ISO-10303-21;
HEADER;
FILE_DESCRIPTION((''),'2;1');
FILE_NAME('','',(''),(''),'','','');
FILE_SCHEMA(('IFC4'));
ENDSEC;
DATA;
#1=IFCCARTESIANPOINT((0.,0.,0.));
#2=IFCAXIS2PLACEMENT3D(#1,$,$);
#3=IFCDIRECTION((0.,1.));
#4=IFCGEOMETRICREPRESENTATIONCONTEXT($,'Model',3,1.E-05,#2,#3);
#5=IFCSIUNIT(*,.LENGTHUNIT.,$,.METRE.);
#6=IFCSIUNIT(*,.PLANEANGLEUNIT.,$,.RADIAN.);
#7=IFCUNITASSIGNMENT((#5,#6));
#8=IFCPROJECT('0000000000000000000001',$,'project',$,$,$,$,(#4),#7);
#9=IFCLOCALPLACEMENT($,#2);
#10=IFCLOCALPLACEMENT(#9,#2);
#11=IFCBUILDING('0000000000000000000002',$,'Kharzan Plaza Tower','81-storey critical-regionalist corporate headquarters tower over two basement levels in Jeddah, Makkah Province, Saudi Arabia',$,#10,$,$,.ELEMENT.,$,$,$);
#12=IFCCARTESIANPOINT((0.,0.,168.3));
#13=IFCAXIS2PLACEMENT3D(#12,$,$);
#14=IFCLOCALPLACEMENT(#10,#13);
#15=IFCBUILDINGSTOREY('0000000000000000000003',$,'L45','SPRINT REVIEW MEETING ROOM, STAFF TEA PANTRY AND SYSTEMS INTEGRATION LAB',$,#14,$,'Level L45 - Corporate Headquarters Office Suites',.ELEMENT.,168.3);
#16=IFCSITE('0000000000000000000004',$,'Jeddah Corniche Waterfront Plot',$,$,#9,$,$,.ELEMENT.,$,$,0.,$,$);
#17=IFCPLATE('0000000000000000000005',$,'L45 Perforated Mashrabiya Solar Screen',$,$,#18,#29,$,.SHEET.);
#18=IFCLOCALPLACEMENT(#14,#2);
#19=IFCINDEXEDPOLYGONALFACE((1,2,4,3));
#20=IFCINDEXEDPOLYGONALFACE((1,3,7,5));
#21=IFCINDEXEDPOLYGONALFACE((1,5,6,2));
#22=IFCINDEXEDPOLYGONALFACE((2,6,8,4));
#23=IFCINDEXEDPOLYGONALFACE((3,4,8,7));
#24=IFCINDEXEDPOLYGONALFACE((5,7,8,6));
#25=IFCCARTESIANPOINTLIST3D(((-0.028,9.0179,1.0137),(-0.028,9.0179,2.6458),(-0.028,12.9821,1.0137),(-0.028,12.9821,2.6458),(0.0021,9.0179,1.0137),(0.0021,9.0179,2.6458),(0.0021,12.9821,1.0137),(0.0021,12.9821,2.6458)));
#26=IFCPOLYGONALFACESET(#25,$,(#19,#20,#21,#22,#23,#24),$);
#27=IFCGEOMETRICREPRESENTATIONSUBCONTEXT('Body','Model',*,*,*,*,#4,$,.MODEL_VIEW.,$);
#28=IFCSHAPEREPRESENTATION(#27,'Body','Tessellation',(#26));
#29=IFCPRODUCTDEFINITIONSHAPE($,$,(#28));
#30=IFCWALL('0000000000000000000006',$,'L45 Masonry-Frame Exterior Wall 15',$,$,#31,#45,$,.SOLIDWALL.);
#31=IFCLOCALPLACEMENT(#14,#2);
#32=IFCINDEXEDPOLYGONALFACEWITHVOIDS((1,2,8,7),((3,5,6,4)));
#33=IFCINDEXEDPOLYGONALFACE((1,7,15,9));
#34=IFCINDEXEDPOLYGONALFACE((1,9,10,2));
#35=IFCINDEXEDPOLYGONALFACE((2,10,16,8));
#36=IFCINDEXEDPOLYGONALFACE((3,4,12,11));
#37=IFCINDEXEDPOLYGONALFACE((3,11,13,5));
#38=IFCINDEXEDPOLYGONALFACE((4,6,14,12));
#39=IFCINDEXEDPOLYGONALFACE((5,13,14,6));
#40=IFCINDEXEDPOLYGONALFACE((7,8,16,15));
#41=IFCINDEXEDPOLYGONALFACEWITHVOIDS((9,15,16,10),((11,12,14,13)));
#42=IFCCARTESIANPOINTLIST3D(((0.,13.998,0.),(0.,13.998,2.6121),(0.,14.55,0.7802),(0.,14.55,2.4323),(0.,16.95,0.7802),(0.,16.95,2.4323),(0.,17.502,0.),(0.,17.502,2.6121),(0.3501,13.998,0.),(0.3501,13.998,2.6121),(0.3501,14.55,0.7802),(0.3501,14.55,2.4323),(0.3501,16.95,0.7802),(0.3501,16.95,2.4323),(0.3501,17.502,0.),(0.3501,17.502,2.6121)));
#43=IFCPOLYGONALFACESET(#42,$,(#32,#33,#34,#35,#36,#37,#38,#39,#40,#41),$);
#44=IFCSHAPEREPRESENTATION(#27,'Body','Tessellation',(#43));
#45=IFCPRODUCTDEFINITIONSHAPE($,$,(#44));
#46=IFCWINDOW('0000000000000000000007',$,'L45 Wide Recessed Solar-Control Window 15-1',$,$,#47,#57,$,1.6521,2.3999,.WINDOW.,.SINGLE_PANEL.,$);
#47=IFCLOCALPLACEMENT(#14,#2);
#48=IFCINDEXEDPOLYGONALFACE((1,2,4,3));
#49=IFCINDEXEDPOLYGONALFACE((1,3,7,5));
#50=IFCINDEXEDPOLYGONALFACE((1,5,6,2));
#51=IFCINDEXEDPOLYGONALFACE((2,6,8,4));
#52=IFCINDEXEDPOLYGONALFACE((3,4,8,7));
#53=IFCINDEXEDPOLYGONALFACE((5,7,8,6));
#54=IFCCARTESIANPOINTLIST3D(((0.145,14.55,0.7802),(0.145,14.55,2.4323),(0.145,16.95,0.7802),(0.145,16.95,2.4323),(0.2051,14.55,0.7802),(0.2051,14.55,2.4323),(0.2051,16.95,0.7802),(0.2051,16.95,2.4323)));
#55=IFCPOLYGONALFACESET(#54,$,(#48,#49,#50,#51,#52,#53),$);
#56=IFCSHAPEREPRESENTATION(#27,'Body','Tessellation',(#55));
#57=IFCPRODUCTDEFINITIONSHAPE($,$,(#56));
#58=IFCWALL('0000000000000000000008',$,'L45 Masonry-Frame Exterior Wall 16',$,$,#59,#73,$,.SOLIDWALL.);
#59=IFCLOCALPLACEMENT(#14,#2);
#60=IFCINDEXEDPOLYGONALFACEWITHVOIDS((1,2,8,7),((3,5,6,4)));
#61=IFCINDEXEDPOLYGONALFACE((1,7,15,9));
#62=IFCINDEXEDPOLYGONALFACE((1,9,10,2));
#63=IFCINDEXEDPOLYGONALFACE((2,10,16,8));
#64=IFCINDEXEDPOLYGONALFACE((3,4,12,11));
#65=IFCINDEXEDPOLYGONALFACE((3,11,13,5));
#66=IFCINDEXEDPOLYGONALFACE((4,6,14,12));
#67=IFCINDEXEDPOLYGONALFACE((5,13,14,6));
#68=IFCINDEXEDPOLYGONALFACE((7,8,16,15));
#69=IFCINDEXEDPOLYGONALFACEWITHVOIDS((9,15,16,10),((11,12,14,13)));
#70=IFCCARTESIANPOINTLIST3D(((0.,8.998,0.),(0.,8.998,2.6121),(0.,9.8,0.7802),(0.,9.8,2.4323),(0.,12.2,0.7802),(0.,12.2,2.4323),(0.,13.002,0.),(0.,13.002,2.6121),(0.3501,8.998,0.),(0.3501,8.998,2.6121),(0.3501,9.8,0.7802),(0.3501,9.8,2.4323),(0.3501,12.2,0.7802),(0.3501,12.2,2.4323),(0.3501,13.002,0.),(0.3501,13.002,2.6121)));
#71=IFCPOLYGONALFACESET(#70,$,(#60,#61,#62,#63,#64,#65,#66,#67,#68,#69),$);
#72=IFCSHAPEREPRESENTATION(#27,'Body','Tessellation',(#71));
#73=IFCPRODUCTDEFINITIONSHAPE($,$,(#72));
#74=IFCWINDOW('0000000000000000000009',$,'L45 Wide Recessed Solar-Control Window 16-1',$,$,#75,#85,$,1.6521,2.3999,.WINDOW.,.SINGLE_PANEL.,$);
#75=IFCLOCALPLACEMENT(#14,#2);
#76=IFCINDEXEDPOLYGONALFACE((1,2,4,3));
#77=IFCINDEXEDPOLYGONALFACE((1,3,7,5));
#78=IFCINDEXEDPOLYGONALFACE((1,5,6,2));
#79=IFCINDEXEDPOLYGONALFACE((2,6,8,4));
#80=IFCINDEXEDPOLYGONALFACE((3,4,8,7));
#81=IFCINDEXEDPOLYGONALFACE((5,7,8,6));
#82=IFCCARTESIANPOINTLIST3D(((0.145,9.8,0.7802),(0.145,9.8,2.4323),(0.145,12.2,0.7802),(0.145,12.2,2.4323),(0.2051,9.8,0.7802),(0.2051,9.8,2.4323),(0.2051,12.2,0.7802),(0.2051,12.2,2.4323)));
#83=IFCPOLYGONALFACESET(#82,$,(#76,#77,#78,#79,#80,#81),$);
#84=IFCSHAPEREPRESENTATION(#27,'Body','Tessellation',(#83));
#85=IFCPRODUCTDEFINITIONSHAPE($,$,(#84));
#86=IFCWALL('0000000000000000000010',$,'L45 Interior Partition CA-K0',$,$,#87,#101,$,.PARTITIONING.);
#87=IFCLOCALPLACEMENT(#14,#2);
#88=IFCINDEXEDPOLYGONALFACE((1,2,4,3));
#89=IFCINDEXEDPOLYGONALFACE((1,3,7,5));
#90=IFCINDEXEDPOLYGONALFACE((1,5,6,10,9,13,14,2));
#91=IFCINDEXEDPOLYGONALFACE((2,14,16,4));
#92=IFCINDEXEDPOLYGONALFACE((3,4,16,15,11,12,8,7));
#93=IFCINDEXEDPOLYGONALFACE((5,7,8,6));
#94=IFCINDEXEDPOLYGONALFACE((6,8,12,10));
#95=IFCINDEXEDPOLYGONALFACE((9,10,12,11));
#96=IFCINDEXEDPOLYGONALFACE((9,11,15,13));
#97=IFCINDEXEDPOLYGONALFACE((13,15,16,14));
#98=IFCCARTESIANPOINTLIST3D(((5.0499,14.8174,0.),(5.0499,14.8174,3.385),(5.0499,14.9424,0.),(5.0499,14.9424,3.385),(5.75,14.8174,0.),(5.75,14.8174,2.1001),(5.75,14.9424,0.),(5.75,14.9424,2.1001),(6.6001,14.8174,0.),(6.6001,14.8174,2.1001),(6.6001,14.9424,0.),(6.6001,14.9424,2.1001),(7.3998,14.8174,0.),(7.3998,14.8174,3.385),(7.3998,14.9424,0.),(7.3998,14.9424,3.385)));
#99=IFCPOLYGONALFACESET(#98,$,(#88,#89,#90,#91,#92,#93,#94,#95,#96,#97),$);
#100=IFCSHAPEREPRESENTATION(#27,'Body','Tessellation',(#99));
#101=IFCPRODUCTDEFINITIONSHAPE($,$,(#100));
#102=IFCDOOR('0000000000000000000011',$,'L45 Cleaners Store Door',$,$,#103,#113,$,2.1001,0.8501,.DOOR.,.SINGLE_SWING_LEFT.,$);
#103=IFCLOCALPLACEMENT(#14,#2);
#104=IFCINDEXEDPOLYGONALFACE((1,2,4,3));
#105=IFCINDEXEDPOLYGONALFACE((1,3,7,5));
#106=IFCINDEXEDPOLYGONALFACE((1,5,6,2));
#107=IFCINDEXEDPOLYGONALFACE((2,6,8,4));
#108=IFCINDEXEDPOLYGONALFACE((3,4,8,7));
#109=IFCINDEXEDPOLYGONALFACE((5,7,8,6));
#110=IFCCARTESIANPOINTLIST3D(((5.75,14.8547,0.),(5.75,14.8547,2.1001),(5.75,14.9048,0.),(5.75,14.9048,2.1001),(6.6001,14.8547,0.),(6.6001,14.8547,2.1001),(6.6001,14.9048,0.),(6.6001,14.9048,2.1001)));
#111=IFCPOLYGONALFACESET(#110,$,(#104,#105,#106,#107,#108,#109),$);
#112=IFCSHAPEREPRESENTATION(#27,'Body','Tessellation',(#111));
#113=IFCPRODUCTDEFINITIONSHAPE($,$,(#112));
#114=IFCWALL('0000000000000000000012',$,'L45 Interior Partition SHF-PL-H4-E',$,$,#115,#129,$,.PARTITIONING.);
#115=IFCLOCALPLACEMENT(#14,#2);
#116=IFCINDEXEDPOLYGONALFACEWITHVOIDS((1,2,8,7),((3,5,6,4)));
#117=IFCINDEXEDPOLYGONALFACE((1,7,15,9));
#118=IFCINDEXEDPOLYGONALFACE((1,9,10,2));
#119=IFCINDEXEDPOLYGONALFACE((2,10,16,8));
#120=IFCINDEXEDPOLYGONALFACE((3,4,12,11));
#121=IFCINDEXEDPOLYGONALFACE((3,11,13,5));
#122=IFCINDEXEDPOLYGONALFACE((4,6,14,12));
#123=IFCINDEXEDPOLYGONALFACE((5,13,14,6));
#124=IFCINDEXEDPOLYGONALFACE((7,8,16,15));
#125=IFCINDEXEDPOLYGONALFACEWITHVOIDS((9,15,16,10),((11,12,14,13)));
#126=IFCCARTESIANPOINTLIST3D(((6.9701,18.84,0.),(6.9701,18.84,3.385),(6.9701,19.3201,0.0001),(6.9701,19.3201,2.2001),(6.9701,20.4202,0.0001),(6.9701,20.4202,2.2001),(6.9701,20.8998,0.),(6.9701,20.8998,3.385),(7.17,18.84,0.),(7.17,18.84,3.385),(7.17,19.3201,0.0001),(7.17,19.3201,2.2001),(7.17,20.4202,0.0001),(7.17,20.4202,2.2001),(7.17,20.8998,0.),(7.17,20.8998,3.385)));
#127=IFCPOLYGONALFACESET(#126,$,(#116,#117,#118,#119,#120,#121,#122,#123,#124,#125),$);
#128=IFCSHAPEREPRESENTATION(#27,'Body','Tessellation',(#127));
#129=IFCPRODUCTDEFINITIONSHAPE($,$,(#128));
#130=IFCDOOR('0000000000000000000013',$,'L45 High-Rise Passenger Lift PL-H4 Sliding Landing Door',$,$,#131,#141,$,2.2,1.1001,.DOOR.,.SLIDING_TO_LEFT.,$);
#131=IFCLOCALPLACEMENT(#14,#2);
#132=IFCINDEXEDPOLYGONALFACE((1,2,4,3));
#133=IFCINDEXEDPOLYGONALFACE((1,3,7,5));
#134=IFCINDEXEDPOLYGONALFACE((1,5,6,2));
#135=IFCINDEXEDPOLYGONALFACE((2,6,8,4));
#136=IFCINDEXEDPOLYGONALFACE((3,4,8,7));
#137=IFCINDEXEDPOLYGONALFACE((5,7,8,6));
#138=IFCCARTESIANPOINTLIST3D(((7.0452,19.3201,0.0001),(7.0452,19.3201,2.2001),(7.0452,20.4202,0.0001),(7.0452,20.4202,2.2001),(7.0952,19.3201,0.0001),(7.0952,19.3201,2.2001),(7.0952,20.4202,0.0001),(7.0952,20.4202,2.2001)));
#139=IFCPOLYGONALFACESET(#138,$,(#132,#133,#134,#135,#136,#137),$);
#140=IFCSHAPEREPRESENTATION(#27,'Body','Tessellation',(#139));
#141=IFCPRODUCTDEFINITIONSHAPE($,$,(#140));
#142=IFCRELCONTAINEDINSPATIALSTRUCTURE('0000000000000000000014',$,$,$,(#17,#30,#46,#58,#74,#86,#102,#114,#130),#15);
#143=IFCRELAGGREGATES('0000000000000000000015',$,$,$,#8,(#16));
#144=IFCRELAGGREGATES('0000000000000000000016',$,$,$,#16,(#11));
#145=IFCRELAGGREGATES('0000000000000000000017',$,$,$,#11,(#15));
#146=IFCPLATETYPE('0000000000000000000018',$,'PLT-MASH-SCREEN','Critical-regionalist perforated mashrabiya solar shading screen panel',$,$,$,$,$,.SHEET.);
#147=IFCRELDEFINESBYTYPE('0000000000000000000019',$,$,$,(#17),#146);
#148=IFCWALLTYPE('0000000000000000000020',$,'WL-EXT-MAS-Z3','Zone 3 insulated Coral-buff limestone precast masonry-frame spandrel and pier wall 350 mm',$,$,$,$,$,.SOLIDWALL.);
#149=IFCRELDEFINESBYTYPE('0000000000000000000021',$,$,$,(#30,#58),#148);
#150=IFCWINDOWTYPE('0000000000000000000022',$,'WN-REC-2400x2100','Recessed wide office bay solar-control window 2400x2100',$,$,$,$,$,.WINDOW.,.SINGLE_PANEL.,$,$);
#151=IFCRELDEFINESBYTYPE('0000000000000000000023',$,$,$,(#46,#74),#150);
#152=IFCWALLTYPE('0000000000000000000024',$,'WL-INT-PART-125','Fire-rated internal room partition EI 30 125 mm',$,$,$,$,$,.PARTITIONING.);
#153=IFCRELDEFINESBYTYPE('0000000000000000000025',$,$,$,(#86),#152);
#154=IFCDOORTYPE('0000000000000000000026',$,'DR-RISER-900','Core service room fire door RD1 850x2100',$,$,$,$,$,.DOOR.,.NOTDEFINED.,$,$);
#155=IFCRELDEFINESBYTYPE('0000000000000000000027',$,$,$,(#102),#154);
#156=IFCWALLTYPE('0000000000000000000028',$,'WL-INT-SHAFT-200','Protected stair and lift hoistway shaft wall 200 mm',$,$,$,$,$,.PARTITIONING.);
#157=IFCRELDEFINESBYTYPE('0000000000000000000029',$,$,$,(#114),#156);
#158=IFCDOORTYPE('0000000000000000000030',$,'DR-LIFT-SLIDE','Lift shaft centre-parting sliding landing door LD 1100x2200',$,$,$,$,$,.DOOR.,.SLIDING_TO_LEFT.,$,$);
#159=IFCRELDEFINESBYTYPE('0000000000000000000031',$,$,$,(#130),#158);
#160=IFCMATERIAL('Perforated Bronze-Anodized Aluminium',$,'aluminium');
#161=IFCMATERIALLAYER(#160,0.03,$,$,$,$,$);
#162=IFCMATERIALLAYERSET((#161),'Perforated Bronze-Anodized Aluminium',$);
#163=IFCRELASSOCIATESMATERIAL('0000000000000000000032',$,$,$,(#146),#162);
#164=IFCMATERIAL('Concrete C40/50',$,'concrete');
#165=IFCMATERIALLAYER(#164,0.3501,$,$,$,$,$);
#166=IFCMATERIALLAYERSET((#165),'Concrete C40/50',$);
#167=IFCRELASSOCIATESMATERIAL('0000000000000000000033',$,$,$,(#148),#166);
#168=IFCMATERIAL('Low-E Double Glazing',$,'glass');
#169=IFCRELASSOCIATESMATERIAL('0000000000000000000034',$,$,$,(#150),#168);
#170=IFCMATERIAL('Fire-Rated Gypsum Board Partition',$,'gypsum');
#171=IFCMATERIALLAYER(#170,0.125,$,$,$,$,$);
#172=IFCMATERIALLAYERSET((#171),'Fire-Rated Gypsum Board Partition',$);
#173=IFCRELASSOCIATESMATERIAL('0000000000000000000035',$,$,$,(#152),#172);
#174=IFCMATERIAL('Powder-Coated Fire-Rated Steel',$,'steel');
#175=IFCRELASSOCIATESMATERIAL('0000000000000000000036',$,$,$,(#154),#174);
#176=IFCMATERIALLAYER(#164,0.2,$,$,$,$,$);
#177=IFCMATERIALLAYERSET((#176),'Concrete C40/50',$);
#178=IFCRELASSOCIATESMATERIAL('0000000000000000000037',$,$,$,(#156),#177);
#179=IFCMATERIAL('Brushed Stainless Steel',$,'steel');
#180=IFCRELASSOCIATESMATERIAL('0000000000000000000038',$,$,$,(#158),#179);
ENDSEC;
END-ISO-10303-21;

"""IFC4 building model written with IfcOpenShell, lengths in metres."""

from ifc_helpers import new_model, si_unit, direction, frame, frame_2d, origin, origin_2d, place, context, subcontext, project, spatial, rectangle, extrude, source, transform, mapped, material, layer, layer_set, type_object, element, fill, save


model = new_model("IFC4")

# Units and contexts
model_context = context("Model", 3, precision=1e-05, world=origin(), true_north=direction((0.0, 1.0)))
body_context = subcontext(model_context, "Body", "Model", "MODEL_VIEW")
ifc_project = project(units=[si_unit("LENGTHUNIT", "METRE"), si_unit("PLANEANGLEUNIT", "RADIAN")], contexts=[model_context])

# Site, building, storey
site_placement = place(None, origin())
site = spatial("IfcSite", under=ifc_project, at=site_placement, Name="Jeddah Corniche Waterfront Plot", CompositionType="ELEMENT", RefElevation=0.0)
building_placement = place(site_placement, origin())
building = spatial("IfcBuilding", under=site, at=building_placement, Name="Kharzan Plaza Tower", Description="81-storey critical-regionalist corporate headquarters tower over two basement levels in Jeddah, Makkah Province, Saudi Arabia", CompositionType="ELEMENT")
storey_placement = place(building_placement, frame((0.0, 0.0, 168.3)))
storey = spatial("IfcBuildingStorey", under=building, at=storey_placement, Name="L45", Description="SPRINT REVIEW MEETING ROOM, STAFF TEA PANTRY AND SYSTEMS INTEGRATION LAB", LongName="Level L45 - Corporate Headquarters Office Suites", CompositionType="ELEMENT", Elevation=168.3)

# Plate
ifc_material_1 = material(Name="Perforated Bronze-Anodized Aluminium", Category="aluminium")
ifc_layer_1 = layer(ifc_material_1, 0.03)
ifc_layer_set_1 = layer_set([ifc_layer_1], Name="Perforated Bronze-Anodized Aluminium")
plate_type = type_object("IfcPlateType", Name="PLT-MASH-SCREEN", Description="Critical-regionalist perforated mashrabiya solar shading screen panel", PredefinedType="SHEET", material=ifc_layer_set_1)
shared_shape_1 = source(origin(), body_context, "Body", "SweptSolid", [
    extrude(rectangle(XDim=3.9641, YDim=0.03, at=origin_2d()), origin(), (0.0, 0.0, 1.0), 1.6321),
])
plate_placement = place(storey_placement, frame((-0.0129, 11.0, 1.0137), z_axis=(0.0, 0.0, 1.0), x_axis=(0.0, -1.0, 0.0)))
element("IfcPlate", 1, at=plate_placement, inside=storey, type_object=plate_type, Name="L45 Perforated Mashrabiya Solar Screen", PredefinedType="SHEET", context=body_context, shape_type="MappedRepresentation", body=[
    mapped(shared_shape_1, transform((0.0, 0.0, 0.0), x_axis=(1.0, 0.0, 0.0), y_axis=(0.0, 1.0, 0.0), z_axis=(0.0, 0.0, 1.0))),
])

# Walls, openings, windows
ifc_material_2 = material(Name="Concrete C40/50", Category="concrete")
ifc_layer_2 = layer(ifc_material_2, 0.3501)
ifc_layer_set_2 = layer_set([ifc_layer_2], Name="Concrete C40/50")
wall_type_1 = type_object("IfcWallType", Name="WL-EXT-MAS-Z3", Description="Zone 3 insulated Coral-buff limestone precast masonry-frame spandrel and pier wall 350 mm", PredefinedType="SOLIDWALL", material=ifc_layer_set_2)
wall_1_placement = place(storey_placement, frame((0.175, 17.502, 0.0), z_axis=(0.0, 0.0, 1.0), x_axis=(0.0, -1.0, 0.0)))
wall_1 = element("IfcWall", 2, at=wall_1_placement, inside=storey, type_object=wall_type_1, Name="L45 Masonry-Frame Exterior Wall 15", PredefinedType="SOLIDWALL", context=body_context, shape_type="SweptSolid", body=[
    extrude(rectangle(XDim=3.5039, YDim=0.3501, at=frame_2d((1.752, 0.0))), origin(), (0.0, 0.0, 1.0), 2.6121),
])
opening_1_placement = place(wall_1_placement, frame((0.552, 0.0, 0.78)))
opening_1 = element("IfcOpeningElement", 3, at=opening_1_placement, cuts=wall_1, PredefinedType="OPENING", context=body_context, shape_type="SweptSolid", body=[
    extrude(rectangle(XDim=2.3999, YDim=1.6521, at=frame_2d((1.2, 0.8262))), frame((0.0, 0.1851, 0.0), z_axis=(0.0, -1.0, 0.0), x_axis=(1.0, 0.0, 0.0)), (0.0, 0.0, 1.0), 0.3701),
])
ifc_material_3 = material(Name="Low-E Double Glazing", Category="glass")
window_type = type_object("IfcWindowType", Name="WN-REC-2400x2100", Description="Recessed wide office bay solar-control window 2400x2100", PartitioningType="SINGLE_PANEL", PredefinedType="WINDOW", material=ifc_material_3)
shared_shape_2 = source(origin(), body_context, "Body", "SweptSolid", [
    extrude(rectangle(XDim=2.3999, YDim=1.6521, at=frame_2d((1.2, 0.8262))), frame((0.0, 0.03, 0.0), z_axis=(0.0, -1.0, 0.0), x_axis=(1.0, 0.0, 0.0)), (0.0, 0.0, 1.0), 0.0601),
])
window_1_placement = place(opening_1_placement, origin())
window_1 = element("IfcWindow", 4, at=window_1_placement, inside=storey, type_object=window_type, Name="L45 Wide Recessed Solar-Control Window 15-1", OverallHeight=1.6521, OverallWidth=2.3999, PartitioningType="SINGLE_PANEL", PredefinedType="WINDOW", context=body_context, shape_type="MappedRepresentation", body=[
    mapped(shared_shape_2, transform((0.0, 0.0, 0.0), x_axis=(1.0, 0.0, 0.0), y_axis=(0.0, 1.0, 0.0), z_axis=(0.0, 0.0, 1.0))),
])
fill(opening_1, window_1)
wall_2_placement = place(storey_placement, frame((0.175, 13.002, 0.0), z_axis=(0.0, 0.0, 1.0), x_axis=(0.0, -1.0, 0.0)))
wall_2 = element("IfcWall", 5, at=wall_2_placement, inside=storey, type_object=wall_type_1, Name="L45 Masonry-Frame Exterior Wall 16", PredefinedType="SOLIDWALL", context=body_context, shape_type="SweptSolid", body=[
    extrude(rectangle(XDim=4.0039, YDim=0.3501, at=frame_2d((2.002, 0.0))), origin(), (0.0, 0.0, 1.0), 2.6121),
])
opening_2_placement = place(wall_2_placement, frame((0.802, 0.0, 0.78)))
opening_2 = element("IfcOpeningElement", 6, at=opening_2_placement, cuts=wall_2, PredefinedType="OPENING", context=body_context, shape_type="SweptSolid", body=[
    extrude(rectangle(XDim=2.3999, YDim=1.6521, at=frame_2d((1.2, 0.8262))), frame((0.0, 0.1851, 0.0), z_axis=(0.0, -1.0, 0.0), x_axis=(1.0, 0.0, 0.0)), (0.0, 0.0, 1.0), 0.3701),
])
window_2_placement = place(opening_2_placement, origin())
window_2 = element("IfcWindow", 7, at=window_2_placement, inside=storey, type_object=window_type, Name="L45 Wide Recessed Solar-Control Window 16-1", OverallHeight=1.6521, OverallWidth=2.3999, PartitioningType="SINGLE_PANEL", PredefinedType="WINDOW", context=body_context, shape_type="MappedRepresentation", body=[
    mapped(shared_shape_2, transform((0.0, 0.0, 0.0), x_axis=(1.0, 0.0, 0.0), y_axis=(0.0, 1.0, 0.0), z_axis=(0.0, 0.0, 1.0))),
])
fill(opening_2, window_2)

# Walls, openings, doors
ifc_material_4 = material(Name="Fire-Rated Gypsum Board Partition", Category="gypsum")
ifc_layer_3 = layer(ifc_material_4, 0.125)
ifc_layer_set_3 = layer_set([ifc_layer_3], Name="Fire-Rated Gypsum Board Partition")
wall_type_2 = type_object("IfcWallType", Name="WL-INT-PART-125", Description="Fire-rated internal room partition EI 30 125 mm", PredefinedType="PARTITIONING", material=ifc_layer_set_3)
wall_3_placement = place(storey_placement, frame((5.05, 14.8799, 0.0), z_axis=(0.0, 0.0, 1.0), x_axis=(1.0, 0.0, 0.0)))
wall_3 = element("IfcWall", 8, at=wall_3_placement, inside=storey, type_object=wall_type_2, Name="L45 Interior Partition CA-K0", PredefinedType="PARTITIONING", context=body_context, shape_type="SweptSolid", body=[
    extrude(rectangle(XDim=2.3499, YDim=0.125, at=frame_2d((1.1748, 0.0))), origin(), (0.0, 0.0, 1.0), 3.385),
])
opening_3_placement = place(wall_3_placement, frame((0.7, 0.0, 0.0)))
opening_3 = element("IfcOpeningElement", 9, at=opening_3_placement, cuts=wall_3, PredefinedType="OPENING", context=body_context, shape_type="SweptSolid", body=[
    extrude(rectangle(XDim=0.8501, YDim=2.1001, at=frame_2d((0.425, 1.05))), frame((0.0, 0.0725, 0.0), z_axis=(0.0, -1.0, 0.0), x_axis=(1.0, 0.0, 0.0)), (0.0, 0.0, 1.0), 0.145),
])
ifc_material_5 = material(Name="Powder-Coated Fire-Rated Steel", Category="steel")
door_type_1 = type_object("IfcDoorType", Name="DR-RISER-900", Description="Core service room fire door RD1 850x2100", OperationType="NOTDEFINED", PredefinedType="DOOR", material=ifc_material_5)
shared_shape_3 = source(origin(), body_context, "Body", "SweptSolid", [
    extrude(rectangle(XDim=0.8501, YDim=2.1001, at=frame_2d((0.425, 1.05))), frame((0.0, 0.0249, 0.0), z_axis=(0.0, -1.0, 0.0), x_axis=(1.0, 0.0, 0.0)), (0.0, 0.0, 1.0), 0.05),
])
door_1_placement = place(opening_3_placement, origin())
door_1 = element("IfcDoor", 10, at=door_1_placement, inside=storey, type_object=door_type_1, Name="L45 Cleaners Store Door", OperationType="SINGLE_SWING_LEFT", OverallHeight=2.1001, OverallWidth=0.8501, PredefinedType="DOOR", context=body_context, shape_type="MappedRepresentation", body=[
    mapped(shared_shape_3, transform((0.0, 0.0, 0.0), x_axis=(1.0, 0.0, 0.0), y_axis=(0.0, 1.0, 0.0), z_axis=(0.0, 0.0, 1.0))),
])
fill(opening_3, door_1)
ifc_layer_4 = layer(ifc_material_2, 0.2)
ifc_layer_set_4 = layer_set([ifc_layer_4], Name="Concrete C40/50")
wall_type_3 = type_object("IfcWallType", Name="WL-INT-SHAFT-200", Description="Protected stair and lift hoistway shaft wall 200 mm", PredefinedType="PARTITIONING", material=ifc_layer_set_4)
wall_4_placement = place(storey_placement, frame((7.0701, 18.8401, 0.0), z_axis=(0.0, 0.0, 1.0), x_axis=(0.0, 1.0, 0.0)))
wall_4 = element("IfcWall", 11, at=wall_4_placement, inside=storey, type_object=wall_type_3, Name="L45 Interior Partition SHF-PL-H4-E", PredefinedType="PARTITIONING", context=body_context, shape_type="SweptSolid", body=[
    extrude(rectangle(XDim=2.0598, YDim=0.2, at=frame_2d((1.0298, 0.0))), origin(), (0.0, 0.0, 1.0), 3.385),
])
opening_4_placement = place(wall_4_placement, frame((0.48, 0.0, 0.0)))
opening_4 = element("IfcOpeningElement", 12, at=opening_4_placement, cuts=wall_4, PredefinedType="OPENING", context=body_context, shape_type="SweptSolid", body=[
    extrude(rectangle(XDim=1.1001, YDim=2.2, at=frame_2d((0.55, 1.1001))), frame((0.0, 0.1099, 0.0), z_axis=(0.0, -1.0, 0.0), x_axis=(1.0, 0.0, 0.0)), (0.0, 0.0, 1.0), 0.22),
])
ifc_material_6 = material(Name="Brushed Stainless Steel", Category="steel")
door_type_2 = type_object("IfcDoorType", Name="DR-LIFT-SLIDE", Description="Lift shaft centre-parting sliding landing door LD 1100x2200", OperationType="SLIDING_TO_LEFT", PredefinedType="DOOR", material=ifc_material_6)
shared_shape_4 = source(origin(), body_context, "Body", "SweptSolid", [
    extrude(rectangle(XDim=1.1001, YDim=2.2, at=frame_2d((0.55, 1.1001))), frame((0.0, 0.0249, 0.0), z_axis=(0.0, -1.0, 0.0), x_axis=(1.0, 0.0, 0.0)), (0.0, 0.0, 1.0), 0.05),
])
door_2_placement = place(opening_4_placement, origin())
door_2 = element("IfcDoor", 13, at=door_2_placement, inside=storey, type_object=door_type_2, Name="L45 High-Rise Passenger Lift PL-H4 Sliding Landing Door", OperationType="SLIDING_TO_LEFT", OverallHeight=2.2, OverallWidth=1.1001, PredefinedType="DOOR", context=body_context, shape_type="MappedRepresentation", body=[
    mapped(shared_shape_4, transform((0.0, 0.0, 0.0), x_axis=(1.0, 0.0, 0.0), y_axis=(0.0, 1.0, 0.0), z_axis=(0.0, 0.0, 1.0))),
])
fill(opening_4, door_2)

save(model, "model.ifc")
